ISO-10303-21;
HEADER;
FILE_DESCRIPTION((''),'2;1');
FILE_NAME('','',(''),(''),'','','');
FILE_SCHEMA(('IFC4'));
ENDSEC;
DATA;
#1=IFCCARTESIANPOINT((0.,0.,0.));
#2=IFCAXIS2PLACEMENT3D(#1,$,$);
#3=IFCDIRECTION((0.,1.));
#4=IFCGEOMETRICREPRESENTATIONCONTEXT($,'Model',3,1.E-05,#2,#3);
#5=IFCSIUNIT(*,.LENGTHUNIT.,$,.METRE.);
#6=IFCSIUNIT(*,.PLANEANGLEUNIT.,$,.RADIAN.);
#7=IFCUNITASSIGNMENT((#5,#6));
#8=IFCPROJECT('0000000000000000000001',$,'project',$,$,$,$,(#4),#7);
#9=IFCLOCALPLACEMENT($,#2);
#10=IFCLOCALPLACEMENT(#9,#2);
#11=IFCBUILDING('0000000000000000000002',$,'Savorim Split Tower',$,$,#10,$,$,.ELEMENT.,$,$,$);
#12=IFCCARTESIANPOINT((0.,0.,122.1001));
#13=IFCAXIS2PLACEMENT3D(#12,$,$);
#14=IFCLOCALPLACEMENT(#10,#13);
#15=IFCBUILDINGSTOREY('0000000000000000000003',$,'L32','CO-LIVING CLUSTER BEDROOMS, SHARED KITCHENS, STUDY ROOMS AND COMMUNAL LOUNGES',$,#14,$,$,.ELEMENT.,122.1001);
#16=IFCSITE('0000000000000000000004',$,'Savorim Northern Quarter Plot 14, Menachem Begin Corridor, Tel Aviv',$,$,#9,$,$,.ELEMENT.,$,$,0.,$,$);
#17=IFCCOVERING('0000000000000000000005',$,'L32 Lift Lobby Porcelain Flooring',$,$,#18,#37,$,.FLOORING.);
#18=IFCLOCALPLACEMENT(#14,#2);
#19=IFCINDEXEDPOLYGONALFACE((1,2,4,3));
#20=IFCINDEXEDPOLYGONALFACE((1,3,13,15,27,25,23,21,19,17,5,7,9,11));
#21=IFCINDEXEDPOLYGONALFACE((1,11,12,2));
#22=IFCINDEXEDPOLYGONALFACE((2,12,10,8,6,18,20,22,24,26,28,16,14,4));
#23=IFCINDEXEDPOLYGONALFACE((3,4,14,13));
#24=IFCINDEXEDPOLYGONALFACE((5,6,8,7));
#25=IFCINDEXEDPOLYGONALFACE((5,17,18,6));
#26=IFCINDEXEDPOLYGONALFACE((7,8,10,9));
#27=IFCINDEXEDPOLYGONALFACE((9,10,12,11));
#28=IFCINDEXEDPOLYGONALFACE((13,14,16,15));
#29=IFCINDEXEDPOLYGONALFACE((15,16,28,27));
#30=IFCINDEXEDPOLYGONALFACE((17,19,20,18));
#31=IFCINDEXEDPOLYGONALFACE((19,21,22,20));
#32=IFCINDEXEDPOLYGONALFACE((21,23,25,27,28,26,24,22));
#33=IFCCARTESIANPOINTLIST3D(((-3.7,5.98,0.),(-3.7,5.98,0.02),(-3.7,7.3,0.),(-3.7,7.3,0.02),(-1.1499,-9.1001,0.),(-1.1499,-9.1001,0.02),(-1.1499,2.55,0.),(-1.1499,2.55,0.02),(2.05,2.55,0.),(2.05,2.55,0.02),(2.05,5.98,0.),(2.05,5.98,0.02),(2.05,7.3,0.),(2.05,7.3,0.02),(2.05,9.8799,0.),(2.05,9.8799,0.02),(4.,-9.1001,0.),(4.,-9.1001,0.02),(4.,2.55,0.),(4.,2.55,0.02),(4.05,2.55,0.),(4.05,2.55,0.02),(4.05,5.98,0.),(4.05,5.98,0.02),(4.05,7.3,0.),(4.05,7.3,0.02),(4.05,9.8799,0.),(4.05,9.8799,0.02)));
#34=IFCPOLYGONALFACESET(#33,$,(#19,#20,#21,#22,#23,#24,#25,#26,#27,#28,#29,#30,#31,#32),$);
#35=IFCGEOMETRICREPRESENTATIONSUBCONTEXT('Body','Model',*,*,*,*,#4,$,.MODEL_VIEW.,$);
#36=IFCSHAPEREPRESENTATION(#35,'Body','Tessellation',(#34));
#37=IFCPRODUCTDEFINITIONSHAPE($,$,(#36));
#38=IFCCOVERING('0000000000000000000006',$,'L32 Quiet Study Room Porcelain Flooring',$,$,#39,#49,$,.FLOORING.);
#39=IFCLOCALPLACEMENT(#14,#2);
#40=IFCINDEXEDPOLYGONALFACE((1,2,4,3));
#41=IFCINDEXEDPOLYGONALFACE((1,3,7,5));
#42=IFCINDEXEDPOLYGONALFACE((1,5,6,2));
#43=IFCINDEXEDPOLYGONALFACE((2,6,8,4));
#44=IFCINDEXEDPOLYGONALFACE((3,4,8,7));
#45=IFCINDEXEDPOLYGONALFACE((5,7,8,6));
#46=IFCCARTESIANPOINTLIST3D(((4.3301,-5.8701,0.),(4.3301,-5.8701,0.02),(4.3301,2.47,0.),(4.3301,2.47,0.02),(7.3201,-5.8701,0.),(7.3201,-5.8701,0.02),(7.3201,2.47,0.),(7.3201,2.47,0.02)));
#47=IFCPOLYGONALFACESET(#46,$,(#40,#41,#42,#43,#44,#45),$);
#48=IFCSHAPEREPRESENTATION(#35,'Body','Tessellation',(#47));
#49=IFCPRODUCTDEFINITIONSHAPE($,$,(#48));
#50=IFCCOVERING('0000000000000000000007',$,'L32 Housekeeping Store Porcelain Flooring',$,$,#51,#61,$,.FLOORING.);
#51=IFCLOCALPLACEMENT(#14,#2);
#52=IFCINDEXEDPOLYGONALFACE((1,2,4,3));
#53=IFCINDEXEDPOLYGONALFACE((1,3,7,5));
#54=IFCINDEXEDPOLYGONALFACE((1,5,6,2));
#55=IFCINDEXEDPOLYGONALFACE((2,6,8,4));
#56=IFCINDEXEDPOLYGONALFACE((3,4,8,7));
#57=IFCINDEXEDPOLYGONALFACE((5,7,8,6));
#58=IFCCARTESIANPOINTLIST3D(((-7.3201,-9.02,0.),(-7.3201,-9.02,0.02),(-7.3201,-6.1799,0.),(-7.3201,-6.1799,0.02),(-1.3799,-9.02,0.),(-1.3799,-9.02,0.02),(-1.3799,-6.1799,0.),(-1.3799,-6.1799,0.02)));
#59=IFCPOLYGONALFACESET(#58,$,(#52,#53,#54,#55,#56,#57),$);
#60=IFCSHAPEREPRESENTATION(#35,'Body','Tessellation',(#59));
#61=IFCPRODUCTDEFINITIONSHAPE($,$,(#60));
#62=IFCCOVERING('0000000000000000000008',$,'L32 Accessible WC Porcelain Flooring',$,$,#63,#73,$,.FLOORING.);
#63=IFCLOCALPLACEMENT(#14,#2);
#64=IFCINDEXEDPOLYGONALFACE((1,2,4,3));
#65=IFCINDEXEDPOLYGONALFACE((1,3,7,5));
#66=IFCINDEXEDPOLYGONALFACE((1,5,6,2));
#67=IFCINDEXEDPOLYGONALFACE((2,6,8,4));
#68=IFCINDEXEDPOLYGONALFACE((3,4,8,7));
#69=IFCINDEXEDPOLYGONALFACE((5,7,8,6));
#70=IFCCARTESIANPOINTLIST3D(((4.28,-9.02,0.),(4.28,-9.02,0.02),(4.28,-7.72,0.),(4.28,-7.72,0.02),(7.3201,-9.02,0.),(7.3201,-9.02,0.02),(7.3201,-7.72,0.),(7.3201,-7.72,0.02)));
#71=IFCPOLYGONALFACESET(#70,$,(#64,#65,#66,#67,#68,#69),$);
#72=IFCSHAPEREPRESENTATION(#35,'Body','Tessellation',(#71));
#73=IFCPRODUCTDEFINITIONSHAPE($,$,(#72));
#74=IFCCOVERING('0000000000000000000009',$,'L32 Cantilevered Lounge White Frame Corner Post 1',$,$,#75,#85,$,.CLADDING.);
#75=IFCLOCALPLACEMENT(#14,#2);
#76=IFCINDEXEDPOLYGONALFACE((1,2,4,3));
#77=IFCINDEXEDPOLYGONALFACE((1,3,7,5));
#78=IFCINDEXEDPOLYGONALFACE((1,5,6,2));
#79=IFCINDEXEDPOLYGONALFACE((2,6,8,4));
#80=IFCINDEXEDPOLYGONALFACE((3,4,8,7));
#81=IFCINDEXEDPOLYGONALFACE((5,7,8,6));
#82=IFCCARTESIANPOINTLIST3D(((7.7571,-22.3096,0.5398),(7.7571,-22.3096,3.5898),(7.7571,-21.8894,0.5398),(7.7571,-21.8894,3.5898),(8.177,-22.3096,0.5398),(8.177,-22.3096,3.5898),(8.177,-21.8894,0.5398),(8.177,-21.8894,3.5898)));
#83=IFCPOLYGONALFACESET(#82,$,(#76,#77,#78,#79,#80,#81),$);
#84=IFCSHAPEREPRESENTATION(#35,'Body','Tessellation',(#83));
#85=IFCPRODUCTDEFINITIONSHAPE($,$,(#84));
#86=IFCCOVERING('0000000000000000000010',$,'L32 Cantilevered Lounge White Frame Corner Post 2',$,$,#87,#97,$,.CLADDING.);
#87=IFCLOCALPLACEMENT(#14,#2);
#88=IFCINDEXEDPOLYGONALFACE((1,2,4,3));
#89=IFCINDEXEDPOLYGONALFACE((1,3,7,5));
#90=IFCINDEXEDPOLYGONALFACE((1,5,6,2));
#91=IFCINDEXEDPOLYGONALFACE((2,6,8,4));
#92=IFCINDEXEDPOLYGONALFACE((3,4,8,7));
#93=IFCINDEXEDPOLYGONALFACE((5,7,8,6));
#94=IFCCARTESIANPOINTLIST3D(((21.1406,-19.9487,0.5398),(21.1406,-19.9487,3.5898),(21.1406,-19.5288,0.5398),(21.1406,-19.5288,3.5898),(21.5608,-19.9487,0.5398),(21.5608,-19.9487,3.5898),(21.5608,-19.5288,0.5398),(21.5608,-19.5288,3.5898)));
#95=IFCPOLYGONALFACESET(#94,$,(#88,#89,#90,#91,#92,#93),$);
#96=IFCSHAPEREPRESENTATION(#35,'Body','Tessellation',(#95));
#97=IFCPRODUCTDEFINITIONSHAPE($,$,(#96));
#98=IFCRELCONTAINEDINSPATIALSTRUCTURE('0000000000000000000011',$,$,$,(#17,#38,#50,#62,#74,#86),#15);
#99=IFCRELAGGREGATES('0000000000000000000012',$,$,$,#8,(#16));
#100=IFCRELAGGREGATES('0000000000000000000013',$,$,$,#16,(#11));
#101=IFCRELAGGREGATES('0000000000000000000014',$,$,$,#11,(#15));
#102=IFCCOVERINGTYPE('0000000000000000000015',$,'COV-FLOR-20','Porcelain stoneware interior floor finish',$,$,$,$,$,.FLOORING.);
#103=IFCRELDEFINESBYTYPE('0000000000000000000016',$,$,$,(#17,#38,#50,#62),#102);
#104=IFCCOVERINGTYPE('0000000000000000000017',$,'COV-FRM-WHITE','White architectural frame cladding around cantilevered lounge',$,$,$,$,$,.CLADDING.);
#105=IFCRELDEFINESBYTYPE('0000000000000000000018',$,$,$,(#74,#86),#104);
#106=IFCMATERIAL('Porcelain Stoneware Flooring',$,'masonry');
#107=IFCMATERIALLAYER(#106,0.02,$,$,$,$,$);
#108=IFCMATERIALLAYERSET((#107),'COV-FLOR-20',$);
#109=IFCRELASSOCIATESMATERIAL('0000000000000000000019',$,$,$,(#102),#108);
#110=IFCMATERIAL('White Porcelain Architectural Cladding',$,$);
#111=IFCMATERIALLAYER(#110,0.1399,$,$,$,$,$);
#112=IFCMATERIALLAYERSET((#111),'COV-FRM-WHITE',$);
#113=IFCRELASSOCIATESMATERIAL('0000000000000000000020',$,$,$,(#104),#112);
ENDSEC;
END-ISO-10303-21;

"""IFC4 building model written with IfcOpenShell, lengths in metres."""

from ifc_helpers import new_model, si_unit, direction, frame, origin, place, context, subcontext, project, spatial, polyline, outline, extrude, material, layer, layer_set, type_object, element, save


model = new_model("IFC4")

# Units and contexts
model_context = context("Model", 3, precision=1e-05, world=origin(), true_north=direction((0.0, 1.0)))
body_context = subcontext(model_context, "Body", "Model", "MODEL_VIEW")
ifc_project = project(units=[si_unit("LENGTHUNIT", "METRE"), si_unit("PLANEANGLEUNIT", "RADIAN")], contexts=[model_context])

# Site, building, storey
site_placement = place(None, origin())
site = spatial("IfcSite", under=ifc_project, at=site_placement, Name="Savorim Northern Quarter Plot 14, Menachem Begin Corridor, Tel Aviv", CompositionType="ELEMENT", RefElevation=0.0)
building_placement = place(site_placement, origin())
building = spatial("IfcBuilding", under=site, at=building_placement, Name="Savorim Split Tower", CompositionType="ELEMENT")
storey_placement = place(building_placement, frame((0.0, 0.0, 122.1001)))
storey = spatial("IfcBuildingStorey", under=building, at=storey_placement, Name="L32", Description="CO-LIVING CLUSTER BEDROOMS, SHARED KITCHENS, STUDY ROOMS AND COMMUNAL LOUNGES", CompositionType="ELEMENT", Elevation=122.1001)

# Coverings
ifc_material_1 = material(Name="Porcelain Stoneware Flooring", Category="masonry")
ifc_layer_1 = layer(ifc_material_1, 0.02)
ifc_layer_set_1 = layer_set([ifc_layer_1], Name="COV-FLOR-20")
covering_type_1 = type_object("IfcCoveringType", Name="COV-FLOR-20", Description="Porcelain stoneware interior floor finish", PredefinedType="FLOORING", material=ifc_layer_set_1)
covering_1_placement = place(storey_placement, origin())
element("IfcCovering", 1, at=covering_1_placement, inside=storey, type_object=covering_type_1, Name="L32 Lift Lobby Porcelain Flooring", PredefinedType="FLOORING", context=body_context, shape_type="SweptSolid", body=[
    extrude(outline(polyline([(2.05, 2.55), (-1.1499, 2.55), (-1.1499, -9.1001), (4.0, -9.1001), (4.0, 2.55), (4.05, 2.55), (4.05, 5.98), (4.05, 7.3), (4.05, 9.8799), (2.05, 9.8799), (2.05, 7.3), (-3.7, 7.3), (-3.7, 5.98), (2.05, 5.98), (2.05, 2.55)])), origin(), (0.0, 0.0, 1.0), 0.02),
])
covering_2_placement = place(storey_placement, origin())
element("IfcCovering", 2, at=covering_2_placement, inside=storey, type_object=covering_type_1, Name="L32 Quiet Study Room Porcelain Flooring", PredefinedType="FLOORING", context=body_context, shape_type="SweptSolid", body=[
    extrude(outline(polyline([(4.3301, 2.47), (4.3301, -5.8701), (7.3201, -5.8701), (7.3201, 2.47), (4.3301, 2.47)])), origin(), (0.0, 0.0, 1.0), 0.02),
])
covering_3_placement = place(storey_placement, origin())
element("IfcCovering", 3, at=covering_3_placement, inside=storey, type_object=covering_type_1, Name="L32 Housekeeping Store Porcelain Flooring", PredefinedType="FLOORING", context=body_context, shape_type="SweptSolid", body=[
    extrude(outline(polyline([(-7.3201, -6.1799), (-7.3201, -9.02), (-1.3799, -9.02), (-1.3799, -6.1799), (-7.3201, -6.1799)])), origin(), (0.0, 0.0, 1.0), 0.02),
])
covering_4_placement = place(storey_placement, origin())
element("IfcCovering", 4, at=covering_4_placement, inside=storey, type_object=covering_type_1, Name="L32 Accessible WC Porcelain Flooring", PredefinedType="FLOORING", context=body_context, shape_type="SweptSolid", body=[
    extrude(outline(polyline([(4.28, -7.72), (4.28, -9.02), (7.3201, -9.02), (7.3201, -7.72), (4.28, -7.72)])), origin(), (0.0, 0.0, 1.0), 0.02),
])
ifc_material_2 = material(Name="White Porcelain Architectural Cladding")
ifc_layer_2 = layer(ifc_material_2, 0.1399)
ifc_layer_set_2 = layer_set([ifc_layer_2], Name="COV-FRM-WHITE")
covering_type_2 = type_object("IfcCoveringType", Name="COV-FRM-WHITE", Description="White architectural frame cladding around cantilevered lounge", PredefinedType="CLADDING", material=ifc_layer_set_2)
covering_5_placement = place(storey_placement, frame((0.0, 0.0, 0.5398)))
element("IfcCovering", 5, at=covering_5_placement, inside=storey, type_object=covering_type_2, Name="L32 Cantilevered Lounge White Frame Corner Post 1", PredefinedType="CLADDING", context=body_context, shape_type="SweptSolid", body=[
    extrude(outline(polyline([(7.7571, -22.3096), (8.177, -22.3096), (8.177, -21.8894), (7.7571, -21.8894), (7.7571, -22.3096)])), origin(), (0.0, 0.0, 1.0), 3.05),
])
covering_6_placement = place(storey_placement, frame((0.0, 0.0, 0.5398)))
element("IfcCovering", 6, at=covering_6_placement, inside=storey, type_object=covering_type_2, Name="L32 Cantilevered Lounge White Frame Corner Post 2", PredefinedType="CLADDING", context=body_context, shape_type="SweptSolid", body=[
    extrude(outline(polyline([(21.1406, -19.9487), (21.5608, -19.9487), (21.5608, -19.5288), (21.1406, -19.5288), (21.1406, -19.9487)])), origin(), (0.0, 0.0, 1.0), 3.05),
])

save(model, "model.ifc")
